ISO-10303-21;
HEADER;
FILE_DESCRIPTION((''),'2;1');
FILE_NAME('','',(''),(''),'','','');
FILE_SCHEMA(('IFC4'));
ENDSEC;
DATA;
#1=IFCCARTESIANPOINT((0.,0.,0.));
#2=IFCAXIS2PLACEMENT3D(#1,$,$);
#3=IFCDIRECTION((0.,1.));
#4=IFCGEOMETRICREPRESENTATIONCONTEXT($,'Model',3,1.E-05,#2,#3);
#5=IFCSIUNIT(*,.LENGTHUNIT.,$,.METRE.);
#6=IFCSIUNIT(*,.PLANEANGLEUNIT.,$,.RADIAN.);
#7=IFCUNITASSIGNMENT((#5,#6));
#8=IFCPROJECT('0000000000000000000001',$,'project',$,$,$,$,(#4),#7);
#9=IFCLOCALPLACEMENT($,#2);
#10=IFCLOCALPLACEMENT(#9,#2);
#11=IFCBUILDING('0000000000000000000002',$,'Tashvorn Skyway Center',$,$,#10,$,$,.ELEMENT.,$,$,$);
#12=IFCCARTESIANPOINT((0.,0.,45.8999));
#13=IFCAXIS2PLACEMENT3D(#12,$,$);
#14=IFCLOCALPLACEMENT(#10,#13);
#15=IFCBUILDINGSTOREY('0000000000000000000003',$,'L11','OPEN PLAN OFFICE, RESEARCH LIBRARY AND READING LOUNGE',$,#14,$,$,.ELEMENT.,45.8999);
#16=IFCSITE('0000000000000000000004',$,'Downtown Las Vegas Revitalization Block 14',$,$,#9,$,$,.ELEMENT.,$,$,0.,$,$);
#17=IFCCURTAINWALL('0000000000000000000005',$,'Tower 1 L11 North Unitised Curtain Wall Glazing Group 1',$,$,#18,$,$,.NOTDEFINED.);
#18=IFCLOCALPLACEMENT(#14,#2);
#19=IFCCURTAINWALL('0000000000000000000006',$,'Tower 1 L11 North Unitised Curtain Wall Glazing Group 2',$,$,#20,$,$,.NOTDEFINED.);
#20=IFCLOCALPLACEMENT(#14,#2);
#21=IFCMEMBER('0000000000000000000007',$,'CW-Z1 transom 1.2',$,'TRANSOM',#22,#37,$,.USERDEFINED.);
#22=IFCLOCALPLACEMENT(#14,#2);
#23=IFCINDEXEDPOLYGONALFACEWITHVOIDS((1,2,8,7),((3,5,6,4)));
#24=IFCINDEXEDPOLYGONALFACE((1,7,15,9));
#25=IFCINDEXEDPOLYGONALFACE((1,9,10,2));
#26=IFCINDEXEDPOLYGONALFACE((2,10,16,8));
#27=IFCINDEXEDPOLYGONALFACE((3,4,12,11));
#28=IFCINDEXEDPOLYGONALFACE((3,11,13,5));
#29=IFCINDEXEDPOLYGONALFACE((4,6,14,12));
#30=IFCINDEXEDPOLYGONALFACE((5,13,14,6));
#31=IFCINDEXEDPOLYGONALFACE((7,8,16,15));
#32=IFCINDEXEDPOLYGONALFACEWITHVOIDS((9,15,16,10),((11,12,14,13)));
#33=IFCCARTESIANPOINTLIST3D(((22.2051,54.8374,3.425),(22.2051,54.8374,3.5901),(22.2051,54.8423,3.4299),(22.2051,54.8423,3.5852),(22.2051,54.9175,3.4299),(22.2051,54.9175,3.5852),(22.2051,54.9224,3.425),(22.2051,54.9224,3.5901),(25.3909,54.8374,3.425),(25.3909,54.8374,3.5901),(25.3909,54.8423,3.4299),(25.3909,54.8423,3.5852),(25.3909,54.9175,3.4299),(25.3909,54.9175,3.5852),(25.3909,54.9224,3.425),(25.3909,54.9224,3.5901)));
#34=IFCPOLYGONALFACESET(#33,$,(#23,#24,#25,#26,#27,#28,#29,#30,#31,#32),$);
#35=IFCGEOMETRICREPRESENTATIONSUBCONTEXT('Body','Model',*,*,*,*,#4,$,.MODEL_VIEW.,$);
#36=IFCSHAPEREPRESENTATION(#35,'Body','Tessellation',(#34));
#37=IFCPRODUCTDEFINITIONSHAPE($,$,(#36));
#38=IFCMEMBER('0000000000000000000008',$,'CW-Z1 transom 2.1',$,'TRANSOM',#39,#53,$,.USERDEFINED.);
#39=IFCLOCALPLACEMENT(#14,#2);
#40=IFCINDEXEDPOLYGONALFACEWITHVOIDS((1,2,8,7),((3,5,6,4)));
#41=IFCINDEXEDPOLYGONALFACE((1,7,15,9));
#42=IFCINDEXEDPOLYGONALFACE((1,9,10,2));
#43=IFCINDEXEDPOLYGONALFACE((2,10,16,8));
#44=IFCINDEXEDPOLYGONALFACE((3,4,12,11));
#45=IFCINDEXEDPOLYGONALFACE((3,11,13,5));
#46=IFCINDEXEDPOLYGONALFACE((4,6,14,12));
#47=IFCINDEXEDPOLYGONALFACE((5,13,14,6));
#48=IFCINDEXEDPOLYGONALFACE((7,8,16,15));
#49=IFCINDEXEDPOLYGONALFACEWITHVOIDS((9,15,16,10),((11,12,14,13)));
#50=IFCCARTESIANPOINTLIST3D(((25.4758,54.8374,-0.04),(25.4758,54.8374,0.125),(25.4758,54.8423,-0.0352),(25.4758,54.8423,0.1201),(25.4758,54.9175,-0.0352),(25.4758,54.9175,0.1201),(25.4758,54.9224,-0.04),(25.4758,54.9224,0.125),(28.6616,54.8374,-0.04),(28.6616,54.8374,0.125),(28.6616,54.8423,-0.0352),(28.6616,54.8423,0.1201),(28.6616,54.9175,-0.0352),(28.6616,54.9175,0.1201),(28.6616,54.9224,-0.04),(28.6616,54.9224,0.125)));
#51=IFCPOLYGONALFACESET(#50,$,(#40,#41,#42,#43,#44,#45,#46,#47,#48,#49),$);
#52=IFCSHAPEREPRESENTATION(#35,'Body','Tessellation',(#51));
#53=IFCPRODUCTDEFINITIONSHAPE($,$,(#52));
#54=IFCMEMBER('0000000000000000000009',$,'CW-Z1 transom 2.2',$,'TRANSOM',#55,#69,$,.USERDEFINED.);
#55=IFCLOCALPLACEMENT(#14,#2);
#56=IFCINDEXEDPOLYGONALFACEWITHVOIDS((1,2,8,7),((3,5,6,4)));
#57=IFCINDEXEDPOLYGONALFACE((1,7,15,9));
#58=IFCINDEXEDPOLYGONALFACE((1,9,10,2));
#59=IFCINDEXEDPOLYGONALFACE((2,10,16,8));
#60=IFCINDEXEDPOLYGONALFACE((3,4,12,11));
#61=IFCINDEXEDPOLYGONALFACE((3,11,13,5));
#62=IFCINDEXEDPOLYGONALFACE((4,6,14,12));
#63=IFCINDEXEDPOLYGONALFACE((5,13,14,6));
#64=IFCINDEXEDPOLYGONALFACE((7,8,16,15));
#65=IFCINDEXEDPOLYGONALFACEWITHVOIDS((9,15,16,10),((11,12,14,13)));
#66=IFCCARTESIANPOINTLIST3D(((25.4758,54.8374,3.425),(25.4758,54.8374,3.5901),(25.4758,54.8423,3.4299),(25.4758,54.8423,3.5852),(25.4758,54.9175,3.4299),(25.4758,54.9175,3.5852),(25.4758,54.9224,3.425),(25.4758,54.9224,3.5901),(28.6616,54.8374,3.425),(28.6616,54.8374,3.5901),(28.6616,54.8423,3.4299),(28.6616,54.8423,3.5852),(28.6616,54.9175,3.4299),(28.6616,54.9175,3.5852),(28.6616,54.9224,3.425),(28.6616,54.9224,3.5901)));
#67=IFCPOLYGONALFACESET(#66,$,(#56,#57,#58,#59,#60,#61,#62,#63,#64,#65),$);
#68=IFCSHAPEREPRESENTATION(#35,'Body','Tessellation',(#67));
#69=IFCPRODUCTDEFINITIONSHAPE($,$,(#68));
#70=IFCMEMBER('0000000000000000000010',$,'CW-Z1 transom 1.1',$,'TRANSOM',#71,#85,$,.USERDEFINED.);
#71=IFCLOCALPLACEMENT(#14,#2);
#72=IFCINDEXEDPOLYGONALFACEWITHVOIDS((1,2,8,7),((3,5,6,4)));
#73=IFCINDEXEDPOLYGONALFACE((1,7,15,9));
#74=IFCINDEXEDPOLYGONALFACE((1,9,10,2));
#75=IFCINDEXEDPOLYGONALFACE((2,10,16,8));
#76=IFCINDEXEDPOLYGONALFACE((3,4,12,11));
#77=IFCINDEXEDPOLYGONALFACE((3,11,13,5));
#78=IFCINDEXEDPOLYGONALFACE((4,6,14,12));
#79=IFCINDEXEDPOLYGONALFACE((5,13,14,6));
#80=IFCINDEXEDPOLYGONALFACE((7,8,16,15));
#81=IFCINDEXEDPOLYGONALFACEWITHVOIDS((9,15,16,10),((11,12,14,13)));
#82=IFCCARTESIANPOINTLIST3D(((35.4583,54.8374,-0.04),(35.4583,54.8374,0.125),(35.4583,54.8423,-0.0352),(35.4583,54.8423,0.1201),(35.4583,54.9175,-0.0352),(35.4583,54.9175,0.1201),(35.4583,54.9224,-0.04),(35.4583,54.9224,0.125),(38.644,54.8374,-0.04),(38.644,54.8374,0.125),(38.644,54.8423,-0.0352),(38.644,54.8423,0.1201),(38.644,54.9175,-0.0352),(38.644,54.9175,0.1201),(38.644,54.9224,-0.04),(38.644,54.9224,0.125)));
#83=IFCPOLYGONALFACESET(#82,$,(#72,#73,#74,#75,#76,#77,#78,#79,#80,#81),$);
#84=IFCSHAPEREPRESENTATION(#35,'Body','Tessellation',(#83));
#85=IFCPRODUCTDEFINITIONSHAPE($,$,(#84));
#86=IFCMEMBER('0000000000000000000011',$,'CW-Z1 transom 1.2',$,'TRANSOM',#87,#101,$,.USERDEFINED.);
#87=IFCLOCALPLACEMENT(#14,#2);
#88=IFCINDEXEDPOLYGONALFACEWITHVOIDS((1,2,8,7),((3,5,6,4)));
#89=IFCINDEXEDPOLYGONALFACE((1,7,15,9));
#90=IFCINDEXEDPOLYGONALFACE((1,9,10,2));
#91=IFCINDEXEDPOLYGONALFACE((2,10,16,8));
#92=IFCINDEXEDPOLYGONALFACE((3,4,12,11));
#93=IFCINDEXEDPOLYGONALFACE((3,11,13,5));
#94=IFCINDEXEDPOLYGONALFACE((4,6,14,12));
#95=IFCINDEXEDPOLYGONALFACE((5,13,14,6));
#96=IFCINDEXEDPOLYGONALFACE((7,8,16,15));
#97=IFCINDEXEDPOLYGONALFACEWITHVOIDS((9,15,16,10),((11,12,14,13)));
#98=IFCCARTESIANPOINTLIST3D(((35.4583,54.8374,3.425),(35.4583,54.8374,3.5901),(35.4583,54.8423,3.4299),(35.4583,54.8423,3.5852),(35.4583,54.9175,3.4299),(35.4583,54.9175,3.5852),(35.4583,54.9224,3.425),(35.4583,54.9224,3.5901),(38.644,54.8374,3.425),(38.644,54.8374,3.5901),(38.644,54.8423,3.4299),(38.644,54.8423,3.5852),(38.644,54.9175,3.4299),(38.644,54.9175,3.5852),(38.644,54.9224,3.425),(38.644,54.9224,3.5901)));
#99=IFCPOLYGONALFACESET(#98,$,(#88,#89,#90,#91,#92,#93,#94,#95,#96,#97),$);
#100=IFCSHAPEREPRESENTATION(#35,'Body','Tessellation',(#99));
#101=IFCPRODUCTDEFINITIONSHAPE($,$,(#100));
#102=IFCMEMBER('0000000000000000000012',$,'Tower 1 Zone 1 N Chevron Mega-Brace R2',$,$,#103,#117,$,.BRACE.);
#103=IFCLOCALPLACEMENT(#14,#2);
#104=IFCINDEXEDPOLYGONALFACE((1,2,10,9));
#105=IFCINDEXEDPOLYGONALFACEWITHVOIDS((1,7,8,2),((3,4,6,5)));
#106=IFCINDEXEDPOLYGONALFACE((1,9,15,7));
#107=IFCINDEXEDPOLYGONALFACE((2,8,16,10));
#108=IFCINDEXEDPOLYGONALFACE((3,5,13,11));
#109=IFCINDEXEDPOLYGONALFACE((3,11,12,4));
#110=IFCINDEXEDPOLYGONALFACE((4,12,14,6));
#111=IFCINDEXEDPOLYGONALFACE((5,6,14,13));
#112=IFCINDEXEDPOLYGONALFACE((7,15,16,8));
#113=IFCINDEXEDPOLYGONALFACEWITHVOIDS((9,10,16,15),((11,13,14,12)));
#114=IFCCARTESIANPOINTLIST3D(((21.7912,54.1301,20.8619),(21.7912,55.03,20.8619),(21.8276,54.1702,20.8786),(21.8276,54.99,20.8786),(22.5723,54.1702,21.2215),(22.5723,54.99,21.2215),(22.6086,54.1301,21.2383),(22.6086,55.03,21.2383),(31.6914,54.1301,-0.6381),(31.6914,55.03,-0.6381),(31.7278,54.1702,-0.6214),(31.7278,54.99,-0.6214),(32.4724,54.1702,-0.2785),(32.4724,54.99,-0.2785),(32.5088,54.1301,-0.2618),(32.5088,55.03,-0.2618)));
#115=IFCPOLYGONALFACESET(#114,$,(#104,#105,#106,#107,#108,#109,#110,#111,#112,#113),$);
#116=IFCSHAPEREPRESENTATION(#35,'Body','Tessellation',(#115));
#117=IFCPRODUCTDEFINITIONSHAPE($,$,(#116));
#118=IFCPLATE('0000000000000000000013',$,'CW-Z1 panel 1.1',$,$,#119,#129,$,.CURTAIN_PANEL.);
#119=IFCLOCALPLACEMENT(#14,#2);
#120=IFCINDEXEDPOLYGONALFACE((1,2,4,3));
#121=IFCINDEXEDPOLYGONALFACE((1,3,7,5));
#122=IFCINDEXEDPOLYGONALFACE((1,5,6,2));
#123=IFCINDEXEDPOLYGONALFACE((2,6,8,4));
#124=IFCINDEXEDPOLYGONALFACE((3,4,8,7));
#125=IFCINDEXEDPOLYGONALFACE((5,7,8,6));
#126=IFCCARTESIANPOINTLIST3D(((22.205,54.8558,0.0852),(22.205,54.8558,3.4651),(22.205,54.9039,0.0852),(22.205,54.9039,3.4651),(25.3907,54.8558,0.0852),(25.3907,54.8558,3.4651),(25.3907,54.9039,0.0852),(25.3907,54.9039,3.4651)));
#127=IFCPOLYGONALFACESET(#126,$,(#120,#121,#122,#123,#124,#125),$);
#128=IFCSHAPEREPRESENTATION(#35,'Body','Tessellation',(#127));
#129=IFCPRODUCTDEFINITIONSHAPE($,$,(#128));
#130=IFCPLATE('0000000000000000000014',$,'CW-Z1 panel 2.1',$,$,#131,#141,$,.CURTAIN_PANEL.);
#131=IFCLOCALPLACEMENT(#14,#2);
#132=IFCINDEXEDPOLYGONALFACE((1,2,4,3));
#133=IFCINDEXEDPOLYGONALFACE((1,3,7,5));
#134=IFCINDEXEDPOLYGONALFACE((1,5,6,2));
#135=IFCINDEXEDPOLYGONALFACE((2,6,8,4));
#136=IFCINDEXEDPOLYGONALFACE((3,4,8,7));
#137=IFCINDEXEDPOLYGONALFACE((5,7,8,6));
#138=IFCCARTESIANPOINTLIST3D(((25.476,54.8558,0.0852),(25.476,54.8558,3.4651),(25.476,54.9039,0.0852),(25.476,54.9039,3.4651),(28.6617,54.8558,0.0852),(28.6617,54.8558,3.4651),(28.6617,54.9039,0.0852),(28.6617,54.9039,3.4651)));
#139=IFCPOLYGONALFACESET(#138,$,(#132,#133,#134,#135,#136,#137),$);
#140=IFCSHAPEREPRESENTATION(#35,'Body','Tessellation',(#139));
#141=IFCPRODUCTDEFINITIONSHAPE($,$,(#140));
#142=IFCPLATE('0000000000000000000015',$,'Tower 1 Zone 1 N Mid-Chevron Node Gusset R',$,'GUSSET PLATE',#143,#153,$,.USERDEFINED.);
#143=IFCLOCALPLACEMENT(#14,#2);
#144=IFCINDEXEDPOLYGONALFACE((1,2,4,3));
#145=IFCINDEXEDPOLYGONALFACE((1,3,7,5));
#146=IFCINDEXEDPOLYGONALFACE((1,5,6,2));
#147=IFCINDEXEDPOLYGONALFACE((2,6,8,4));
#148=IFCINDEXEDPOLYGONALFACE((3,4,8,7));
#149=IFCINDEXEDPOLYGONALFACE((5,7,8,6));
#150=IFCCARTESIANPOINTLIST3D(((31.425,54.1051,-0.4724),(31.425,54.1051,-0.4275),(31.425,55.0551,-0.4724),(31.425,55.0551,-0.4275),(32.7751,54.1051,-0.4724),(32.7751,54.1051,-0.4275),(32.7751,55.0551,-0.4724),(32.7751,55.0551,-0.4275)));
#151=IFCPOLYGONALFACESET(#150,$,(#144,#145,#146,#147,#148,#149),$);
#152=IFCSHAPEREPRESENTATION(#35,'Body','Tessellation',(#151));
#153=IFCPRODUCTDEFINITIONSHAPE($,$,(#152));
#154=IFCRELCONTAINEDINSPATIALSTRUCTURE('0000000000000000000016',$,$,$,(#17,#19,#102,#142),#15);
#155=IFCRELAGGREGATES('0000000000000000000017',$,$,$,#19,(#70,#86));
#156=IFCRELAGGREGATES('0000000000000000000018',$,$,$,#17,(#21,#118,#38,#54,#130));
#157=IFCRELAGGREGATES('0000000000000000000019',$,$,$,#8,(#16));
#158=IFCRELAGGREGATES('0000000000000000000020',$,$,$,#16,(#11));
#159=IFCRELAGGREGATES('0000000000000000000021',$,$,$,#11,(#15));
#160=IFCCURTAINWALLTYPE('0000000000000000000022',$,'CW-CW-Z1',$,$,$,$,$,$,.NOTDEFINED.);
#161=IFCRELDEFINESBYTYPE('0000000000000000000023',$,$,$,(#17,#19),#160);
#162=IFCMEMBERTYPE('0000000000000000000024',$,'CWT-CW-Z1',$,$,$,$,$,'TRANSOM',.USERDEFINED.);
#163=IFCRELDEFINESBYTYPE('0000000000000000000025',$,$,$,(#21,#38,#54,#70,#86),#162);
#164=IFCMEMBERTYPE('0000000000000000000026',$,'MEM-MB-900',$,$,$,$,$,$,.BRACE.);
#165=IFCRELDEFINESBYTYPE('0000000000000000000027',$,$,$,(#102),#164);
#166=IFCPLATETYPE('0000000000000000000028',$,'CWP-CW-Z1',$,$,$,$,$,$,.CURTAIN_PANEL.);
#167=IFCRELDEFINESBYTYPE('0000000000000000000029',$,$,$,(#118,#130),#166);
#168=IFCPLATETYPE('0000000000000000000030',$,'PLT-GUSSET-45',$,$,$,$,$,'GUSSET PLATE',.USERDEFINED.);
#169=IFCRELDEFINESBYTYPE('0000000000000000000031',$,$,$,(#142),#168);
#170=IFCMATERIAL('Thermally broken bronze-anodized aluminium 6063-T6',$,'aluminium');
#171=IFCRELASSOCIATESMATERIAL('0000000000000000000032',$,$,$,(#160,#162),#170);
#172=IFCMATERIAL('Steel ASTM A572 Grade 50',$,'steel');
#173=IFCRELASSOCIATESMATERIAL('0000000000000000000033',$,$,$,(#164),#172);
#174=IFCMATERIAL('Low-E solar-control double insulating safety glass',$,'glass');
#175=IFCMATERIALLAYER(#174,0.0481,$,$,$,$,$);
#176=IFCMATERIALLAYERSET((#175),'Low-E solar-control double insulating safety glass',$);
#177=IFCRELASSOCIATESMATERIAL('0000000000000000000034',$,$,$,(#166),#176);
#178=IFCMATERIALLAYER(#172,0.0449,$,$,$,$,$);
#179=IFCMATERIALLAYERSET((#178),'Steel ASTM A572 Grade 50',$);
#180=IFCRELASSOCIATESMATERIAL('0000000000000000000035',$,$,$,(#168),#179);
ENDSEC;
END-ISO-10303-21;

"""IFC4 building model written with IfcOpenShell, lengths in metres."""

from ifc_helpers import new_model, si_unit, direction, frame, origin, origin_2d, place, context, subcontext, project, spatial, rectangle, hollow_rectangle, extrude, material, layer, layer_set, material_profile, profile_set, type_object, element, aggregate, save


model = new_model("IFC4")

# Units and contexts
model_context = context("Model", 3, precision=1e-05, world=origin(), true_north=direction((0.0, 1.0)))
body_context = subcontext(model_context, "Body", "Model", "MODEL_VIEW")
ifc_project = project(units=[si_unit("LENGTHUNIT", "METRE"), si_unit("PLANEANGLEUNIT", "RADIAN")], contexts=[model_context])

# Site, building, storey
site_placement = place(None, origin())
site = spatial("IfcSite", under=ifc_project, at=site_placement, Name="Downtown Las Vegas Revitalization Block 14", CompositionType="ELEMENT", RefElevation=0.0)
building_placement = place(site_placement, origin())
building = spatial("IfcBuilding", under=site, at=building_placement, Name="Tashvorn Skyway Center", CompositionType="ELEMENT")
storey_placement = place(building_placement, frame((0.0, 0.0, 45.8999)))
storey = spatial("IfcBuildingStorey", under=building, at=storey_placement, Name="L11", Description="OPEN PLAN OFFICE, RESEARCH LIBRARY AND READING LOUNGE", CompositionType="ELEMENT", Elevation=45.8999)

# Shared definitions
ifc_material_1 = material(Name="Steel ASTM A572 Grade 50", Category="steel")

# Curtain wall
ifc_material_2 = material(Name="Thermally broken bronze-anodized aluminium 6063-T6", Category="aluminium")
curtain_wall_type = type_object("IfcCurtainWallType", Name="CW-CW-Z1", PredefinedType="NOTDEFINED", material=ifc_material_2)
curtain_wall_1_placement = place(storey_placement, origin())
curtain_wall_1 = element("IfcCurtainWall", 1, at=curtain_wall_1_placement, inside=storey, type_object=curtain_wall_type, Name="Tower 1 L11 North Unitised Curtain Wall Glazing Group 1", PredefinedType="NOTDEFINED")

# Curtain wall
curtain_wall_2_placement = place(storey_placement, origin())
curtain_wall_2 = element("IfcCurtainWall", 2, at=curtain_wall_2_placement, inside=storey, type_object=curtain_wall_type, Name="Tower 1 L11 North Unitised Curtain Wall Glazing Group 2", PredefinedType="NOTDEFINED")

# Members
ifc_material_profile_1 = material_profile(ifc_material_2, hollow_rectangle(XDim=0.085, YDim=0.165, WallThickness=0.0049, at=origin_2d()), Name="ALU-TRAN-85x165")
ifc_profile_set_1 = profile_set([ifc_material_profile_1], Name="Thermally broken bronze-anodized aluminium 6063-T6")
member_type_1 = type_object("IfcMemberType", Name="CWT-CW-Z1", ElementType="TRANSOM", PredefinedType="USERDEFINED", material=ifc_profile_set_1)
member_1_placement = place(storey_placement, frame((22.2051, 54.8799, 3.5076), z_axis=(1.0, 0.0, 0.0), x_axis=(0.0, 1.0, 0.0)))
member_1 = element("IfcMember", 3, at=member_1_placement, type_object=member_type_1, Name="CW-Z1 transom 1.2", ObjectType="TRANSOM", PredefinedType="USERDEFINED", context=body_context, shape_type="SweptSolid", body=[
    extrude(hollow_rectangle(XDim=0.085, YDim=0.165, WallThickness=0.0049, at=origin_2d()), origin(), (0.0, 0.0, 1.0), 3.1858),
])
member_2_placement = place(storey_placement, frame((25.4758, 54.8799, 0.0425), z_axis=(1.0, 0.0, 0.0), x_axis=(0.0, 1.0, 0.0)))
member_2 = element("IfcMember", 4, at=member_2_placement, type_object=member_type_1, Name="CW-Z1 transom 2.1", ObjectType="TRANSOM", PredefinedType="USERDEFINED", context=body_context, shape_type="SweptSolid", body=[
    extrude(hollow_rectangle(XDim=0.085, YDim=0.165, WallThickness=0.0049, at=origin_2d()), origin(), (0.0, 0.0, 1.0), 3.1858),
])
member_3_placement = place(storey_placement, frame((25.4758, 54.8799, 3.5076), z_axis=(1.0, 0.0, 0.0), x_axis=(0.0, 1.0, 0.0)))
member_3 = element("IfcMember", 5, at=member_3_placement, type_object=member_type_1, Name="CW-Z1 transom 2.2", ObjectType="TRANSOM", PredefinedType="USERDEFINED", context=body_context, shape_type="SweptSolid", body=[
    extrude(hollow_rectangle(XDim=0.085, YDim=0.165, WallThickness=0.0049, at=origin_2d()), origin(), (0.0, 0.0, 1.0), 3.1858),
])
member_4_placement = place(storey_placement, frame((35.4583, 54.8799, 0.0425), z_axis=(1.0, 0.0, 0.0), x_axis=(0.0, 1.0, 0.0)))
member_4 = element("IfcMember", 6, at=member_4_placement, type_object=member_type_1, Name="CW-Z1 transom 1.1", ObjectType="TRANSOM", PredefinedType="USERDEFINED", context=body_context, shape_type="SweptSolid", body=[
    extrude(hollow_rectangle(XDim=0.085, YDim=0.165, WallThickness=0.0049, at=origin_2d()), origin(), (0.0, 0.0, 1.0), 3.1858),
])
member_5_placement = place(storey_placement, frame((35.4583, 54.8799, 3.5076), z_axis=(1.0, 0.0, 0.0), x_axis=(0.0, 1.0, 0.0)))
member_5 = element("IfcMember", 7, at=member_5_placement, type_object=member_type_1, Name="CW-Z1 transom 1.2", ObjectType="TRANSOM", PredefinedType="USERDEFINED", context=body_context, shape_type="SweptSolid", body=[
    extrude(hollow_rectangle(XDim=0.085, YDim=0.165, WallThickness=0.0049, at=origin_2d()), origin(), (0.0, 0.0, 1.0), 3.1858),
])
aggregate(curtain_wall_2, [member_4, member_5])
ifc_material_profile_2 = material_profile(ifc_material_1, hollow_rectangle(XDim=0.8999, YDim=0.8999, WallThickness=0.04, at=origin_2d()), Name="BOX900x900x40")
ifc_profile_set_2 = profile_set([ifc_material_profile_2], Name="Steel ASTM A572 Grade 50")
member_type_2 = type_object("IfcMemberType", Name="MEM-MB-900", PredefinedType="BRACE", material=ifc_profile_set_2)
member_6_placement = place(storey_placement, frame((32.1001, 54.5801, -0.45), z_axis=(-0.418259, 0.0, 0.908328), x_axis=(0.0, -1.0, 0.0)))
element("IfcMember", 8, at=member_6_placement, inside=storey, type_object=member_type_2, Name="Tower 1 Zone 1 N Chevron Mega-Brace R2", PredefinedType="BRACE", context=body_context, shape_type="SweptSolid", body=[
    extrude(hollow_rectangle(XDim=0.8999, YDim=0.8999, WallThickness=0.04, at=origin_2d()), origin(), (0.0, 0.0, 1.0), 23.6699),
])

# Plates
ifc_material_3 = material(Name="Low-E solar-control double insulating safety glass", Category="glass")
ifc_layer_1 = layer(ifc_material_3, 0.0481)
ifc_layer_set_1 = layer_set([ifc_layer_1], Name="Low-E solar-control double insulating safety glass")
plate_type_1 = type_object("IfcPlateType", Name="CWP-CW-Z1", PredefinedType="CURTAIN_PANEL", material=ifc_layer_set_1)
plate_1_placement = place(storey_placement, frame((23.7979, 54.8799, 0.0852), z_axis=(0.0, 0.0, 1.0), x_axis=(1.0, 0.0, 0.0)))
plate_1 = element("IfcPlate", 9, at=plate_1_placement, type_object=plate_type_1, Name="CW-Z1 panel 1.1", PredefinedType="CURTAIN_PANEL", context=body_context, shape_type="SweptSolid", body=[
    extrude(rectangle(XDim=3.1858, YDim=0.0481, at=origin_2d()), origin(), (0.0, 0.0, 1.0), 3.3799),
])
plate_2_placement = place(storey_placement, frame((27.0688, 54.8799, 0.0852), z_axis=(0.0, 0.0, 1.0), x_axis=(1.0, 0.0, 0.0)))
plate_2 = element("IfcPlate", 10, at=plate_2_placement, type_object=plate_type_1, Name="CW-Z1 panel 2.1", PredefinedType="CURTAIN_PANEL", context=body_context, shape_type="SweptSolid", body=[
    extrude(rectangle(XDim=3.1858, YDim=0.0481, at=origin_2d()), origin(), (0.0, 0.0, 1.0), 3.3799),
])
aggregate(curtain_wall_1, [member_1, plate_1, member_2, member_3, plate_2])
ifc_layer_2 = layer(ifc_material_1, 0.0449)
ifc_layer_set_2 = layer_set([ifc_layer_2], Name="Steel ASTM A572 Grade 50")
plate_type_2 = type_object("IfcPlateType", Name="PLT-GUSSET-45", ElementType="GUSSET PLATE", PredefinedType="USERDEFINED", material=ifc_layer_set_2)
plate_3_placement = place(storey_placement, frame((32.1001, 54.5801, -0.4724), z_axis=(0.0, 0.0, 1.0), x_axis=(-1.0, 0.0, 0.0)))
element("IfcPlate", 11, at=plate_3_placement, inside=storey, type_object=plate_type_2, Name="Tower 1 Zone 1 N Mid-Chevron Node Gusset R", ObjectType="GUSSET PLATE", PredefinedType="USERDEFINED", context=body_context, shape_type="SweptSolid", body=[
    extrude(rectangle(XDim=1.3501, YDim=0.95, at=origin_2d()), origin(), (0.0, 0.0, 1.0), 0.0449),
])

save(model, "model.ifc")
